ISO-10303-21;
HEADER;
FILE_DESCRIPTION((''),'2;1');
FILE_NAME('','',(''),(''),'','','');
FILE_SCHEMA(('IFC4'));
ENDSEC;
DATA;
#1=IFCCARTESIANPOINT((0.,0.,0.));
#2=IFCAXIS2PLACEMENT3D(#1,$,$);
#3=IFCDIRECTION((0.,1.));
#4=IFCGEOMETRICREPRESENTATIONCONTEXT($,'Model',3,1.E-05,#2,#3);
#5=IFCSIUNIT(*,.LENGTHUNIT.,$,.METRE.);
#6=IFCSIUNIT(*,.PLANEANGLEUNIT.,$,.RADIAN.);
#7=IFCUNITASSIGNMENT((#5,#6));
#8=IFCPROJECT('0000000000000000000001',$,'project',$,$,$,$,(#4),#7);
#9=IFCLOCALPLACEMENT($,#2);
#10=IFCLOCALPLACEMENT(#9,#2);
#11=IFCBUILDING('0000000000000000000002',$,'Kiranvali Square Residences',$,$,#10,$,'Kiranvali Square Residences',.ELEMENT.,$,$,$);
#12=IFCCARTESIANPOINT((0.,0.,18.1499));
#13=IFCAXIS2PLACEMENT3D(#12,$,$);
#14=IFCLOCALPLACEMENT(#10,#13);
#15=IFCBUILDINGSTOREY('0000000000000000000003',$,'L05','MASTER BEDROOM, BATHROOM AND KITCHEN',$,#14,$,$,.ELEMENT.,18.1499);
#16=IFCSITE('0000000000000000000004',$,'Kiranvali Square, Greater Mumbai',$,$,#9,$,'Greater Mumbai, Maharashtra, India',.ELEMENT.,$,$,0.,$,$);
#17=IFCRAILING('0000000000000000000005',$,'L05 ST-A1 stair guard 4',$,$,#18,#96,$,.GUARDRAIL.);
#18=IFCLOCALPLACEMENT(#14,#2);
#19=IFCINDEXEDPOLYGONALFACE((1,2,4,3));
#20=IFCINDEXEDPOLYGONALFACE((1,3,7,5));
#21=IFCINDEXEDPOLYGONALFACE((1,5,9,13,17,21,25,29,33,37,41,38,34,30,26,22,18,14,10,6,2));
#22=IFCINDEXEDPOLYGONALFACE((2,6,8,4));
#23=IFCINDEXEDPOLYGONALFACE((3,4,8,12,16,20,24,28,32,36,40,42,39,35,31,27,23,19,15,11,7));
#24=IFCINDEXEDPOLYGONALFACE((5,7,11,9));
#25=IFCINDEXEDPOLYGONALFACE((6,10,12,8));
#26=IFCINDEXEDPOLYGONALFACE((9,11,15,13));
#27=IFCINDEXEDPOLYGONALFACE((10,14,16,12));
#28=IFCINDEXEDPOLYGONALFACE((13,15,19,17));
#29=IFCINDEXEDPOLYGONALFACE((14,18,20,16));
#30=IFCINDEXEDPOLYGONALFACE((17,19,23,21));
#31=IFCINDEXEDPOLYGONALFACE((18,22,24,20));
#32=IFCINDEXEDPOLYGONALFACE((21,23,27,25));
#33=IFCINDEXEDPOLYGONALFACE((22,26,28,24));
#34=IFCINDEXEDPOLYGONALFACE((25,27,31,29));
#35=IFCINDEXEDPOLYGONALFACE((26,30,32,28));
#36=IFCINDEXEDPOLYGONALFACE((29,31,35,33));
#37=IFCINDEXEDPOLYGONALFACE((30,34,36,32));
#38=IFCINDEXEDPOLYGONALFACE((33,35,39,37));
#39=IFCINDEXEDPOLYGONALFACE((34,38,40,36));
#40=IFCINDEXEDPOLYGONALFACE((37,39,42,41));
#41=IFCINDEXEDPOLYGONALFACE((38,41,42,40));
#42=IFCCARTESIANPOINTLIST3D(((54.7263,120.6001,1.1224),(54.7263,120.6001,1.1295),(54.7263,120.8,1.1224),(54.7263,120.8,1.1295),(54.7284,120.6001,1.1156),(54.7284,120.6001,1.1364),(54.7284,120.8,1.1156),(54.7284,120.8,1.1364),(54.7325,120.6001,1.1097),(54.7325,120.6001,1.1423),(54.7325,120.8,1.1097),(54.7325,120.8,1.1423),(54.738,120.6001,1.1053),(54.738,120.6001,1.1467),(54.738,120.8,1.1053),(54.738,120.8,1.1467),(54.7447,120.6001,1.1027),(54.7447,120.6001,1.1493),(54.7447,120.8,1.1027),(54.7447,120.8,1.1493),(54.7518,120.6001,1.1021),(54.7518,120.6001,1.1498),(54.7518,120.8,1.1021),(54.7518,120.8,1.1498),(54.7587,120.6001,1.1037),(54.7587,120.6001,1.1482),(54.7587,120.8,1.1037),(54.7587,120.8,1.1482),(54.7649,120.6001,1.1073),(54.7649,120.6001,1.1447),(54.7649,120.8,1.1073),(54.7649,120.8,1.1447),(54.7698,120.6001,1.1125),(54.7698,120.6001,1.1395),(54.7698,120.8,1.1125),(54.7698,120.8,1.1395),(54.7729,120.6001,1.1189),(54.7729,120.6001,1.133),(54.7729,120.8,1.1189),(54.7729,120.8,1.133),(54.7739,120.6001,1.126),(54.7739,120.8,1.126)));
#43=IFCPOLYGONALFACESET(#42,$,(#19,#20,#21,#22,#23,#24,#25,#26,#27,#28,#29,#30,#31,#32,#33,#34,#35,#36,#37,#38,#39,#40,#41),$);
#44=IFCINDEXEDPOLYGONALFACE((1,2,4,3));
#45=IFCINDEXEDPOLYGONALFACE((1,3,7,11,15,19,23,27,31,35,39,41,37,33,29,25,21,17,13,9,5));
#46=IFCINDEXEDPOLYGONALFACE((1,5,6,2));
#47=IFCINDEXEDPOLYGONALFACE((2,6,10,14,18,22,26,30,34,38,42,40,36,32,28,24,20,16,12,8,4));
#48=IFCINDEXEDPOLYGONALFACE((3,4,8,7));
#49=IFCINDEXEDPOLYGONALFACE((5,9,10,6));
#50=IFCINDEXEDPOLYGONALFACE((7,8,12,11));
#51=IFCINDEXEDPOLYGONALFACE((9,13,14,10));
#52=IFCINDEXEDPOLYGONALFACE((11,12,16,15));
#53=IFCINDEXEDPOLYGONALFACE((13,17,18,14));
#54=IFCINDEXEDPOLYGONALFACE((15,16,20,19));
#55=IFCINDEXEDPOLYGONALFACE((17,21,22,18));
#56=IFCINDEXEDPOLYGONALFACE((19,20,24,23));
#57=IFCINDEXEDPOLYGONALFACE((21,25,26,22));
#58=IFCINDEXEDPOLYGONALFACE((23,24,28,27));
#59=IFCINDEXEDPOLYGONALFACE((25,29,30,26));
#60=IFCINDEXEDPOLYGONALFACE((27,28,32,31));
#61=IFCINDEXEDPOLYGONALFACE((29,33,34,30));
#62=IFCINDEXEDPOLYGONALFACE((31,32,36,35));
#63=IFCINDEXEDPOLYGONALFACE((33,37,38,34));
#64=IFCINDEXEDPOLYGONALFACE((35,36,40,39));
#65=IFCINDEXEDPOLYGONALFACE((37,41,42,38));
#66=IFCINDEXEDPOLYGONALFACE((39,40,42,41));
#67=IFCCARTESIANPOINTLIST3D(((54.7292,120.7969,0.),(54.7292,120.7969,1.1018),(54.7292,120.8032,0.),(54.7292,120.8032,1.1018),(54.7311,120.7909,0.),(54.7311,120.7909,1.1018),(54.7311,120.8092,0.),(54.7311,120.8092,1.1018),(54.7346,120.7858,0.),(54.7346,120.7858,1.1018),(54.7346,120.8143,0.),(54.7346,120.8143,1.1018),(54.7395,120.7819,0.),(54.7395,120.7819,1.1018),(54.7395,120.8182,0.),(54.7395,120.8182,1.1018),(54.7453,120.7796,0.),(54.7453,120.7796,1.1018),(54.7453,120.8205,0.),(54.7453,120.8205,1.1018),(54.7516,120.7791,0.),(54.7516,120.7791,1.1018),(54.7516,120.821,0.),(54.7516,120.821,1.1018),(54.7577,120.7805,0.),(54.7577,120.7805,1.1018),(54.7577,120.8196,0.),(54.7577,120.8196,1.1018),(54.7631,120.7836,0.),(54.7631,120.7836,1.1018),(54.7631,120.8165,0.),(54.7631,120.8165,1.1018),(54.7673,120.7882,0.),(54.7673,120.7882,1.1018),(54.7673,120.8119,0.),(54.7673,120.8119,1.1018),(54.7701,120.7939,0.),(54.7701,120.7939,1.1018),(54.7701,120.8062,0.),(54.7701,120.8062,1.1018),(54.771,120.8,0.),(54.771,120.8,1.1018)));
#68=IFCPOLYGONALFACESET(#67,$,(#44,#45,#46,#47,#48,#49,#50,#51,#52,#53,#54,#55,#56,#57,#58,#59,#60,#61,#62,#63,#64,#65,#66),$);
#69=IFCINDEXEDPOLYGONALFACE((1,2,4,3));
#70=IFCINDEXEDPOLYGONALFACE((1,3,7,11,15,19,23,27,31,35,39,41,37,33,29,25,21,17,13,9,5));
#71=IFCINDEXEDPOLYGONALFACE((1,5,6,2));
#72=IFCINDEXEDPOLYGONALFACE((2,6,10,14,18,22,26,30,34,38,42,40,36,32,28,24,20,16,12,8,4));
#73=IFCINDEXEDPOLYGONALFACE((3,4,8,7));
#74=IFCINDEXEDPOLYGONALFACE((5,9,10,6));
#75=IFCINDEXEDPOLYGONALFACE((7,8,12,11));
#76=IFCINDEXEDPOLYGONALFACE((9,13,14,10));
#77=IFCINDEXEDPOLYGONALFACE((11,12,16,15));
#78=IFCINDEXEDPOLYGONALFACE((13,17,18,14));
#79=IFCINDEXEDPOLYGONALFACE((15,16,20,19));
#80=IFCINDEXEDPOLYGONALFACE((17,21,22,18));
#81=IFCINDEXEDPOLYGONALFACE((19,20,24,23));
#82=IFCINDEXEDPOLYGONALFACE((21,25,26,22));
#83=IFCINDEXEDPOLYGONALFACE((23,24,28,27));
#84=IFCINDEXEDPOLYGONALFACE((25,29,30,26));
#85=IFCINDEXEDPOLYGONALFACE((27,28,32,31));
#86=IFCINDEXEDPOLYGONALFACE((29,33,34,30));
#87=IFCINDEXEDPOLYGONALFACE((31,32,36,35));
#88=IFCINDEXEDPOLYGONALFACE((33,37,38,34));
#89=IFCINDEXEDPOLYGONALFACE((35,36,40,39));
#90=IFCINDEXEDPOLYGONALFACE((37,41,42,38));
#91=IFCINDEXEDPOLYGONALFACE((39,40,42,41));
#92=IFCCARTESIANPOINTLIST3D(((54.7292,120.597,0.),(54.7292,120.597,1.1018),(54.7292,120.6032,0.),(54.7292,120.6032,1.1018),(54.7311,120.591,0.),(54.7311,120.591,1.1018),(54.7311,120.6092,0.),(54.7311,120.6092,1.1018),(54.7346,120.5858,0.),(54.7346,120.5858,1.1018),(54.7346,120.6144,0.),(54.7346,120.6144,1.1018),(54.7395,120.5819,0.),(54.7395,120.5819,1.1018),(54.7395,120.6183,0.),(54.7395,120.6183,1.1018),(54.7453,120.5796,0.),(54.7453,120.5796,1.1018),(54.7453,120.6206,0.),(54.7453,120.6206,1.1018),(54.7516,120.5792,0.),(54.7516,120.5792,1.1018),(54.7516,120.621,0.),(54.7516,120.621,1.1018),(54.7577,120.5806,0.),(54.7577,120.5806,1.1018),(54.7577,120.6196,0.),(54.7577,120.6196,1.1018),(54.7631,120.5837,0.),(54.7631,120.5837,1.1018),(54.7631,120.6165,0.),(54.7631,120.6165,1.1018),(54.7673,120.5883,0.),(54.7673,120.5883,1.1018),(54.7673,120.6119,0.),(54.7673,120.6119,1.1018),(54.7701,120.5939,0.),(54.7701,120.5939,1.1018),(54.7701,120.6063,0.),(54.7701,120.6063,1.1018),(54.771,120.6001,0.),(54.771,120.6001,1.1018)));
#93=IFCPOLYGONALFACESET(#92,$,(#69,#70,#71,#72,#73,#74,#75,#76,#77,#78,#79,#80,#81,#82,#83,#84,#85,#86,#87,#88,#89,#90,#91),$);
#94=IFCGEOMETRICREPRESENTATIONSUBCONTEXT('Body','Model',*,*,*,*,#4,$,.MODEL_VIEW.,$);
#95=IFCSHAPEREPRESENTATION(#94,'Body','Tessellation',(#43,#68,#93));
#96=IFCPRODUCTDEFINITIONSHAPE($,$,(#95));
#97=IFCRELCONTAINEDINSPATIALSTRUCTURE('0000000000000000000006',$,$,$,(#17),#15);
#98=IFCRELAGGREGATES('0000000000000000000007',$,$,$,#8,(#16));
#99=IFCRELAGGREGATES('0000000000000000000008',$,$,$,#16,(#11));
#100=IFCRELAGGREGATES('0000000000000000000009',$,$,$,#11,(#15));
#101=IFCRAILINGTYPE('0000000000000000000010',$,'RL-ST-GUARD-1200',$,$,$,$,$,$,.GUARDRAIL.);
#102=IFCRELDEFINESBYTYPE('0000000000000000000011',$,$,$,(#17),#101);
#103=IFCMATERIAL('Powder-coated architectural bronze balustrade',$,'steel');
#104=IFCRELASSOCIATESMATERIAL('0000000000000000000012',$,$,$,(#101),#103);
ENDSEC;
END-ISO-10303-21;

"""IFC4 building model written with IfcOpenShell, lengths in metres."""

from ifc_helpers import new_model, si_unit, direction, frame, origin, origin_2d, place, context, subcontext, project, spatial, circle, extrude, material, type_object, element, save


model = new_model("IFC4")

# Units and contexts
model_context = context("Model", 3, precision=1e-05, world=origin(), true_north=direction((0.0, 1.0)))
body_context = subcontext(model_context, "Body", "Model", "MODEL_VIEW")
ifc_project = project(units=[si_unit("LENGTHUNIT", "METRE"), si_unit("PLANEANGLEUNIT", "RADIAN")], contexts=[model_context])

# Site, building, storey
site_placement = place(None, origin())
site = spatial("IfcSite", under=ifc_project, at=site_placement, Name="Kiranvali Square, Greater Mumbai", LongName="Greater Mumbai, Maharashtra, India", CompositionType="ELEMENT", RefElevation=0.0)
building_placement = place(site_placement, origin())
building = spatial("IfcBuilding", under=site, at=building_placement, Name="Kiranvali Square Residences", LongName="Kiranvali Square Residences", CompositionType="ELEMENT")
storey_placement = place(building_placement, frame((0.0, 0.0, 18.1499)))
storey = spatial("IfcBuildingStorey", under=building, at=storey_placement, Name="L05", Description="MASTER BEDROOM, BATHROOM AND KITCHEN", CompositionType="ELEMENT", Elevation=18.1499)

# Railing
ifc_material_1 = material(Name="Powder-coated architectural bronze balustrade", Category="steel")
railing_type_1 = type_object("IfcRailingType", Name="RL-ST-GUARD-1200", PredefinedType="GUARDRAIL", material=ifc_material_1)
railing_1_placement = place(storey_placement, frame((54.75, 120.8, 0.0)))
element("IfcRailing", 1, at=railing_1_placement, inside=storey, type_object=railing_type_1, Name="L05 ST-A1 stair guard 4", PredefinedType="GUARDRAIL", context=body_context, shape_type="SweptSolid", body=[
    extrude(circle(Radius=0.0239, at=origin_2d()), frame((0.0, 0.0, 1.126), z_axis=(0.0, -1.0, 0.0), x_axis=(1.0, 0.0, 0.0)), (0.0, 0.0, 1.0), 0.2),
    extrude(circle(Radius=0.021, at=origin_2d()), origin(), (0.0, 0.0, 1.0), 1.1018),
    extrude(circle(Radius=0.021, at=origin_2d()), frame((0.0, -0.2, 0.0)), (0.0, 0.0, 1.0), 1.1018),
])

save(model, "model.ifc")
